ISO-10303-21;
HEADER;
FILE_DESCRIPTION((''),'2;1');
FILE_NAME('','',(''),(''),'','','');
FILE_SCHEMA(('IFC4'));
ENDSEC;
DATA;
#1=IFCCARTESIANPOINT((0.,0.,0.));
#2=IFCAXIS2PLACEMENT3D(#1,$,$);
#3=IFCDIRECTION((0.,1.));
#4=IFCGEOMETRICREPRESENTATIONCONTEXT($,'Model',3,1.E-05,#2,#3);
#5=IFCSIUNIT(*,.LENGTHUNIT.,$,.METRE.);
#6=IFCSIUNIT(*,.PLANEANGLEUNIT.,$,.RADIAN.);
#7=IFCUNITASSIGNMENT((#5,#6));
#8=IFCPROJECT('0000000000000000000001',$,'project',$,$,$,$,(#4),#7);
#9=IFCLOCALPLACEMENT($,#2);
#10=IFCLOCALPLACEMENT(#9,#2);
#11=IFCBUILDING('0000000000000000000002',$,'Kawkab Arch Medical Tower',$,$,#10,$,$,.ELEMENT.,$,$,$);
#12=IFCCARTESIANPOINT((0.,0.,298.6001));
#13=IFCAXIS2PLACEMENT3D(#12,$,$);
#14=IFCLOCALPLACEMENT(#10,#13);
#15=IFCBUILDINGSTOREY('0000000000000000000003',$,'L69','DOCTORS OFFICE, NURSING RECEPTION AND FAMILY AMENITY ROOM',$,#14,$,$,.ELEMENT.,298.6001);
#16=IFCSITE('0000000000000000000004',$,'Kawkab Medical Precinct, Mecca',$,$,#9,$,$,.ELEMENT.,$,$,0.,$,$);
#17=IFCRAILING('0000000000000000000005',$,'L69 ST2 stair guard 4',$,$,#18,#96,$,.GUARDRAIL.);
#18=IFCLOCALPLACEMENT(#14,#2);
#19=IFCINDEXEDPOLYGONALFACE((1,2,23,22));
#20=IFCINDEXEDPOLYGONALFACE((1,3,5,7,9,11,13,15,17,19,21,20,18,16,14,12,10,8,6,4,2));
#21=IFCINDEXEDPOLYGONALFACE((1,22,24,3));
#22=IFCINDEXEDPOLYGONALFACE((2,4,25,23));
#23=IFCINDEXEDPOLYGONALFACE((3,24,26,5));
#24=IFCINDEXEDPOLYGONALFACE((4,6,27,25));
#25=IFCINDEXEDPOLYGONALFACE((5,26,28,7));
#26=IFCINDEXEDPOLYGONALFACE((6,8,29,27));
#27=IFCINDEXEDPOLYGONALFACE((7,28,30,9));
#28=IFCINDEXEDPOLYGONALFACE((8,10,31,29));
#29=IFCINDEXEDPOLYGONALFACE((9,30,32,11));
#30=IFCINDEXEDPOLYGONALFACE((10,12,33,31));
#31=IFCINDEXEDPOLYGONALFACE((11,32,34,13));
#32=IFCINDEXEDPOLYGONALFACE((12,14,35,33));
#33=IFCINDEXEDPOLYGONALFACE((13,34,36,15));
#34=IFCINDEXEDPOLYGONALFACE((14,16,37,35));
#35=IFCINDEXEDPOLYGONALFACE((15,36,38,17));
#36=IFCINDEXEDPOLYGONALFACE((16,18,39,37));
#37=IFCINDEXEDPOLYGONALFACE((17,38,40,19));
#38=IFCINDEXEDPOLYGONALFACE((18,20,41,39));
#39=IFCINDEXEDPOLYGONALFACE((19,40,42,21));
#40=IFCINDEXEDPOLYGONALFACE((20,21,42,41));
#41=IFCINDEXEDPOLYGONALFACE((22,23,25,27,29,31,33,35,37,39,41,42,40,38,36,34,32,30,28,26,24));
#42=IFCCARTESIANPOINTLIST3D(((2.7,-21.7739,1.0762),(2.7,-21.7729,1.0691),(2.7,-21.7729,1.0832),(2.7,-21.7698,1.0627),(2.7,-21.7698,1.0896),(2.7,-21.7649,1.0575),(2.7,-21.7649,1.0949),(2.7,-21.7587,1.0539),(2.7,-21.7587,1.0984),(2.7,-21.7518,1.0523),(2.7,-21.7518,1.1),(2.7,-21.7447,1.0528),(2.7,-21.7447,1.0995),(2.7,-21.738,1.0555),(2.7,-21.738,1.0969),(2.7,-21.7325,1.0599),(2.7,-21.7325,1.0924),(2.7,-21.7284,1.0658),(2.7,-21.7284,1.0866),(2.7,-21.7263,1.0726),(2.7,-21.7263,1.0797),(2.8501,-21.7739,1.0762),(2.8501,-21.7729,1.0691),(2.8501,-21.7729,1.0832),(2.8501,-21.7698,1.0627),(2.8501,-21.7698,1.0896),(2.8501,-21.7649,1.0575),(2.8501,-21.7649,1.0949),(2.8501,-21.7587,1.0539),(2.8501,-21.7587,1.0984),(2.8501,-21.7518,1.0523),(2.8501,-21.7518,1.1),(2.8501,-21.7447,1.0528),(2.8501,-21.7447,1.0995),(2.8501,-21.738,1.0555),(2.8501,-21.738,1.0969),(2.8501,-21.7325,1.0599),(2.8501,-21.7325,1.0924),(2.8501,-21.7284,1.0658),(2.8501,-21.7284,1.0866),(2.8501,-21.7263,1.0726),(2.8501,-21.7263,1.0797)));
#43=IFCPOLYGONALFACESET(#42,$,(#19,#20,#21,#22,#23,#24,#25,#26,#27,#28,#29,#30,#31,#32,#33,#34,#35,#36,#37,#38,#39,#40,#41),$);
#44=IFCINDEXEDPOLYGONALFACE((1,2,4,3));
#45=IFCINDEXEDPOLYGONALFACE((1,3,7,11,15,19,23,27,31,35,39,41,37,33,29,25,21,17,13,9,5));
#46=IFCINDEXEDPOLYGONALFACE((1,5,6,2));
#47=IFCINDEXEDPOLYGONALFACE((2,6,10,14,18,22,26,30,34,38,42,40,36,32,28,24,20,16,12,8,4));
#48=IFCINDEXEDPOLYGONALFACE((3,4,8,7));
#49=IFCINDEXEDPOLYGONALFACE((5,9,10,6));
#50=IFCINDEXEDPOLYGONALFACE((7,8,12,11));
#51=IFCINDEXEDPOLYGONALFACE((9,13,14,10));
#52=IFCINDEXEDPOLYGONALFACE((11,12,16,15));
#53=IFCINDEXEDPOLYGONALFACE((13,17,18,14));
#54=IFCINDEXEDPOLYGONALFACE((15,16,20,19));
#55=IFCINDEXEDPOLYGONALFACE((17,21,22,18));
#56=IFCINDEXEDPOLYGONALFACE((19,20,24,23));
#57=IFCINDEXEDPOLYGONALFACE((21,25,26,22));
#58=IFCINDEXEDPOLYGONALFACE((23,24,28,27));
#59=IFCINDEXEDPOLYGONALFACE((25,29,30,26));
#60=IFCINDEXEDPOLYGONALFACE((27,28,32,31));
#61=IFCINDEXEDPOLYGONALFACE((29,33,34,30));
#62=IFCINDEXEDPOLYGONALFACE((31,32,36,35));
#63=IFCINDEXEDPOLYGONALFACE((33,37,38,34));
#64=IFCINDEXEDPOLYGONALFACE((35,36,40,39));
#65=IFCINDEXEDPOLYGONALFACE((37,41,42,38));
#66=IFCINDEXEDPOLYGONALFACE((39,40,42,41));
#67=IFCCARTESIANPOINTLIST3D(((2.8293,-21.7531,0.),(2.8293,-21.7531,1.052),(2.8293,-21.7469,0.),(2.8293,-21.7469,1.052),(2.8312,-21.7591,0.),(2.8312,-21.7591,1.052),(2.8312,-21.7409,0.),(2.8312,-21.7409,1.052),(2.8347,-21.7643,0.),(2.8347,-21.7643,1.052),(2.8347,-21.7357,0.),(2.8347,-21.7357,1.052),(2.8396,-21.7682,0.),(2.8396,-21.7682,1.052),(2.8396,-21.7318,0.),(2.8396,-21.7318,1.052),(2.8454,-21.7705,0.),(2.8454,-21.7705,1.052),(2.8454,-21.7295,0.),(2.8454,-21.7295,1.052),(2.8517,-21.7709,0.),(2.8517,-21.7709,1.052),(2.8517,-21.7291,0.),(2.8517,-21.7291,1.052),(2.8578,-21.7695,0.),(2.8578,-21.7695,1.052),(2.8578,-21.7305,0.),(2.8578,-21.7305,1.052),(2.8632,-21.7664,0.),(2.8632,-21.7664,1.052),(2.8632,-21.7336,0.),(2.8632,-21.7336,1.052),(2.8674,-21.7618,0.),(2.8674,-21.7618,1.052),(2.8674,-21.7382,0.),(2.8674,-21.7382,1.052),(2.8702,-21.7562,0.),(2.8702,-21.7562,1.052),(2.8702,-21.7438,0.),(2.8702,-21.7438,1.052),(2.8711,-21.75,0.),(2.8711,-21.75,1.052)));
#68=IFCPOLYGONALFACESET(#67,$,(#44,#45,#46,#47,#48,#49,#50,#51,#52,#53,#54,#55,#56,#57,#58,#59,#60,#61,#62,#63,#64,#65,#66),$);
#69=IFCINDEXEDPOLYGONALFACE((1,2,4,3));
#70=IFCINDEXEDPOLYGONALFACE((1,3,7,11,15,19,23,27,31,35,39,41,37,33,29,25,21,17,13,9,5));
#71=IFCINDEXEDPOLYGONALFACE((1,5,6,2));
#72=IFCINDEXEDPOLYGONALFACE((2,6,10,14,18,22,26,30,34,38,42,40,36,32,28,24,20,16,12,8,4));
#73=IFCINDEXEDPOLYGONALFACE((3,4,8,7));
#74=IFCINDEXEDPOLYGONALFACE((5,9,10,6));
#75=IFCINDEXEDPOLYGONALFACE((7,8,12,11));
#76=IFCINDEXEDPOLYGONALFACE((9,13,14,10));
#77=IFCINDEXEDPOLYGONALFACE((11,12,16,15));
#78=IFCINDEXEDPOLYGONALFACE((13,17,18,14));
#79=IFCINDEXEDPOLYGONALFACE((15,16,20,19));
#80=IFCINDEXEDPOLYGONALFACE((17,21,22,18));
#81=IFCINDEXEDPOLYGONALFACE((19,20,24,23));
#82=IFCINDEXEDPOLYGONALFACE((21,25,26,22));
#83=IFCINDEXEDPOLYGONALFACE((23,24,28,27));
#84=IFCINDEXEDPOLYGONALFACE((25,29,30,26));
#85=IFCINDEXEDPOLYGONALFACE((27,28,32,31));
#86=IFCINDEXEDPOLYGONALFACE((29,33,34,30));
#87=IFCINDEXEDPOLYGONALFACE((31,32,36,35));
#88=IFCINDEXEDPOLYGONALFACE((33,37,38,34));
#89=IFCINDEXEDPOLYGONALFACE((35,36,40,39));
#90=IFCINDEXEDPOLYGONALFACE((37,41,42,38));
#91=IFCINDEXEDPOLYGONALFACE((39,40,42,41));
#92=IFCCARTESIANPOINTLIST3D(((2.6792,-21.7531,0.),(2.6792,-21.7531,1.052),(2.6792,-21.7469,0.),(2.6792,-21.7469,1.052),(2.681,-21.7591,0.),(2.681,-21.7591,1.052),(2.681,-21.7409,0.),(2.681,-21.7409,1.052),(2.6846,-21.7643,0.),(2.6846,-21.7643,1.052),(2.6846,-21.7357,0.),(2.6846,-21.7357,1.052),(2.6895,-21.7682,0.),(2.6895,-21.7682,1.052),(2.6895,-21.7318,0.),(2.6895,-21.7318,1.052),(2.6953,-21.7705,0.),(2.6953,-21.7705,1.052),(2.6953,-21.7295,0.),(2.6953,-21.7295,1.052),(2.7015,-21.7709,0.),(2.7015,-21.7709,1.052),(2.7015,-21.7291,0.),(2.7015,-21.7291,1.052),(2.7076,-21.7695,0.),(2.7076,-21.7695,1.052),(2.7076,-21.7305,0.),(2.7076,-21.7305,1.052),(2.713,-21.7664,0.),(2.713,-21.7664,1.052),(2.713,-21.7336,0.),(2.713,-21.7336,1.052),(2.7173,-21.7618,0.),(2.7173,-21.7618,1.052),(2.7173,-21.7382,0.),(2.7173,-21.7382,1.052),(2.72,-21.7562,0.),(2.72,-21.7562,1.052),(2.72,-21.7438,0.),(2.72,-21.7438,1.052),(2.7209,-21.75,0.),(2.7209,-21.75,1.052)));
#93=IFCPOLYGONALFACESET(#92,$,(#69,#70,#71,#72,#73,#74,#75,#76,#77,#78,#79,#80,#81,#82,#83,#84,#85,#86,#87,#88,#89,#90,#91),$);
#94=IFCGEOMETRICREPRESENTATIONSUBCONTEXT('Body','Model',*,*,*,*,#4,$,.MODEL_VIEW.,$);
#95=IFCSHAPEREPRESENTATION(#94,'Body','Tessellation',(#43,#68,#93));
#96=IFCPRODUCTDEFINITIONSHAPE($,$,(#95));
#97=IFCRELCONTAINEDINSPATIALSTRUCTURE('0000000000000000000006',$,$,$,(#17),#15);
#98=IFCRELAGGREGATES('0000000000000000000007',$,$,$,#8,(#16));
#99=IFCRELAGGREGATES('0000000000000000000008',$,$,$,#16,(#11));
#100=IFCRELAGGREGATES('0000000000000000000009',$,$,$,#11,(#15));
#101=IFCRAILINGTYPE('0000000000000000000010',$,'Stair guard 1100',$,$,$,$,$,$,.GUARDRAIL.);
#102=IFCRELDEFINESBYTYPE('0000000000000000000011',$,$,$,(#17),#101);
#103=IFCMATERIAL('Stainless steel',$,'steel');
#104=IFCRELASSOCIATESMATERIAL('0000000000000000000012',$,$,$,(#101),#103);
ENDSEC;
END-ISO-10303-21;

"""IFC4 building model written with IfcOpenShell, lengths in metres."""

from ifc_helpers import new_model, si_unit, direction, frame, origin, origin_2d, place, context, subcontext, project, spatial, circle, extrude, material, type_object, element, save


model = new_model("IFC4")

# Units and contexts
model_context = context("Model", 3, precision=1e-05, world=origin(), true_north=direction((0.0, 1.0)))
body_context = subcontext(model_context, "Body", "Model", "MODEL_VIEW")
ifc_project = project(units=[si_unit("LENGTHUNIT", "METRE"), si_unit("PLANEANGLEUNIT", "RADIAN")], contexts=[model_context])

# Site, building, storey
site_placement = place(None, origin())
site = spatial("IfcSite", under=ifc_project, at=site_placement, Name="Kawkab Medical Precinct, Mecca", CompositionType="ELEMENT", RefElevation=0.0)
building_placement = place(site_placement, origin())
building = spatial("IfcBuilding", under=site, at=building_placement, Name="Kawkab Arch Medical Tower", CompositionType="ELEMENT")
storey_placement = place(building_placement, frame((0.0, 0.0, 298.6001)))
storey = spatial("IfcBuildingStorey", under=building, at=storey_placement, Name="L69", Description="DOCTORS OFFICE, NURSING RECEPTION AND FAMILY AMENITY ROOM", CompositionType="ELEMENT", Elevation=298.6001)

# Railing
ifc_material_1 = material(Name="Stainless steel", Category="steel")
railing_type = type_object("IfcRailingType", Name="Stair guard 1100", PredefinedType="GUARDRAIL", material=ifc_material_1)
railing_1_placement = place(storey_placement, frame((2.8501, -21.75, 0.0)))
element("IfcRailing", 1, at=railing_1_placement, inside=storey, type_object=railing_type, Name="L69 ST2 stair guard 4", PredefinedType="GUARDRAIL", context=body_context, shape_type="SweptSolid", body=[
    extrude(circle(Radius=0.0239, at=origin_2d()), frame((0.0, 0.0, 1.0762), z_axis=(-1.0, 0.0, 0.0), x_axis=(0.0, -1.0, 0.0)), (0.0, 0.0, 1.0), 0.1501),
    extrude(circle(Radius=0.021, at=origin_2d()), origin(), (0.0, 0.0, 1.0), 1.052),
    extrude(circle(Radius=0.021, at=origin_2d()), frame((-0.1501, 0.0, 0.0)), (0.0, 0.0, 1.0), 1.052),
])

save(model, "model.ifc")
